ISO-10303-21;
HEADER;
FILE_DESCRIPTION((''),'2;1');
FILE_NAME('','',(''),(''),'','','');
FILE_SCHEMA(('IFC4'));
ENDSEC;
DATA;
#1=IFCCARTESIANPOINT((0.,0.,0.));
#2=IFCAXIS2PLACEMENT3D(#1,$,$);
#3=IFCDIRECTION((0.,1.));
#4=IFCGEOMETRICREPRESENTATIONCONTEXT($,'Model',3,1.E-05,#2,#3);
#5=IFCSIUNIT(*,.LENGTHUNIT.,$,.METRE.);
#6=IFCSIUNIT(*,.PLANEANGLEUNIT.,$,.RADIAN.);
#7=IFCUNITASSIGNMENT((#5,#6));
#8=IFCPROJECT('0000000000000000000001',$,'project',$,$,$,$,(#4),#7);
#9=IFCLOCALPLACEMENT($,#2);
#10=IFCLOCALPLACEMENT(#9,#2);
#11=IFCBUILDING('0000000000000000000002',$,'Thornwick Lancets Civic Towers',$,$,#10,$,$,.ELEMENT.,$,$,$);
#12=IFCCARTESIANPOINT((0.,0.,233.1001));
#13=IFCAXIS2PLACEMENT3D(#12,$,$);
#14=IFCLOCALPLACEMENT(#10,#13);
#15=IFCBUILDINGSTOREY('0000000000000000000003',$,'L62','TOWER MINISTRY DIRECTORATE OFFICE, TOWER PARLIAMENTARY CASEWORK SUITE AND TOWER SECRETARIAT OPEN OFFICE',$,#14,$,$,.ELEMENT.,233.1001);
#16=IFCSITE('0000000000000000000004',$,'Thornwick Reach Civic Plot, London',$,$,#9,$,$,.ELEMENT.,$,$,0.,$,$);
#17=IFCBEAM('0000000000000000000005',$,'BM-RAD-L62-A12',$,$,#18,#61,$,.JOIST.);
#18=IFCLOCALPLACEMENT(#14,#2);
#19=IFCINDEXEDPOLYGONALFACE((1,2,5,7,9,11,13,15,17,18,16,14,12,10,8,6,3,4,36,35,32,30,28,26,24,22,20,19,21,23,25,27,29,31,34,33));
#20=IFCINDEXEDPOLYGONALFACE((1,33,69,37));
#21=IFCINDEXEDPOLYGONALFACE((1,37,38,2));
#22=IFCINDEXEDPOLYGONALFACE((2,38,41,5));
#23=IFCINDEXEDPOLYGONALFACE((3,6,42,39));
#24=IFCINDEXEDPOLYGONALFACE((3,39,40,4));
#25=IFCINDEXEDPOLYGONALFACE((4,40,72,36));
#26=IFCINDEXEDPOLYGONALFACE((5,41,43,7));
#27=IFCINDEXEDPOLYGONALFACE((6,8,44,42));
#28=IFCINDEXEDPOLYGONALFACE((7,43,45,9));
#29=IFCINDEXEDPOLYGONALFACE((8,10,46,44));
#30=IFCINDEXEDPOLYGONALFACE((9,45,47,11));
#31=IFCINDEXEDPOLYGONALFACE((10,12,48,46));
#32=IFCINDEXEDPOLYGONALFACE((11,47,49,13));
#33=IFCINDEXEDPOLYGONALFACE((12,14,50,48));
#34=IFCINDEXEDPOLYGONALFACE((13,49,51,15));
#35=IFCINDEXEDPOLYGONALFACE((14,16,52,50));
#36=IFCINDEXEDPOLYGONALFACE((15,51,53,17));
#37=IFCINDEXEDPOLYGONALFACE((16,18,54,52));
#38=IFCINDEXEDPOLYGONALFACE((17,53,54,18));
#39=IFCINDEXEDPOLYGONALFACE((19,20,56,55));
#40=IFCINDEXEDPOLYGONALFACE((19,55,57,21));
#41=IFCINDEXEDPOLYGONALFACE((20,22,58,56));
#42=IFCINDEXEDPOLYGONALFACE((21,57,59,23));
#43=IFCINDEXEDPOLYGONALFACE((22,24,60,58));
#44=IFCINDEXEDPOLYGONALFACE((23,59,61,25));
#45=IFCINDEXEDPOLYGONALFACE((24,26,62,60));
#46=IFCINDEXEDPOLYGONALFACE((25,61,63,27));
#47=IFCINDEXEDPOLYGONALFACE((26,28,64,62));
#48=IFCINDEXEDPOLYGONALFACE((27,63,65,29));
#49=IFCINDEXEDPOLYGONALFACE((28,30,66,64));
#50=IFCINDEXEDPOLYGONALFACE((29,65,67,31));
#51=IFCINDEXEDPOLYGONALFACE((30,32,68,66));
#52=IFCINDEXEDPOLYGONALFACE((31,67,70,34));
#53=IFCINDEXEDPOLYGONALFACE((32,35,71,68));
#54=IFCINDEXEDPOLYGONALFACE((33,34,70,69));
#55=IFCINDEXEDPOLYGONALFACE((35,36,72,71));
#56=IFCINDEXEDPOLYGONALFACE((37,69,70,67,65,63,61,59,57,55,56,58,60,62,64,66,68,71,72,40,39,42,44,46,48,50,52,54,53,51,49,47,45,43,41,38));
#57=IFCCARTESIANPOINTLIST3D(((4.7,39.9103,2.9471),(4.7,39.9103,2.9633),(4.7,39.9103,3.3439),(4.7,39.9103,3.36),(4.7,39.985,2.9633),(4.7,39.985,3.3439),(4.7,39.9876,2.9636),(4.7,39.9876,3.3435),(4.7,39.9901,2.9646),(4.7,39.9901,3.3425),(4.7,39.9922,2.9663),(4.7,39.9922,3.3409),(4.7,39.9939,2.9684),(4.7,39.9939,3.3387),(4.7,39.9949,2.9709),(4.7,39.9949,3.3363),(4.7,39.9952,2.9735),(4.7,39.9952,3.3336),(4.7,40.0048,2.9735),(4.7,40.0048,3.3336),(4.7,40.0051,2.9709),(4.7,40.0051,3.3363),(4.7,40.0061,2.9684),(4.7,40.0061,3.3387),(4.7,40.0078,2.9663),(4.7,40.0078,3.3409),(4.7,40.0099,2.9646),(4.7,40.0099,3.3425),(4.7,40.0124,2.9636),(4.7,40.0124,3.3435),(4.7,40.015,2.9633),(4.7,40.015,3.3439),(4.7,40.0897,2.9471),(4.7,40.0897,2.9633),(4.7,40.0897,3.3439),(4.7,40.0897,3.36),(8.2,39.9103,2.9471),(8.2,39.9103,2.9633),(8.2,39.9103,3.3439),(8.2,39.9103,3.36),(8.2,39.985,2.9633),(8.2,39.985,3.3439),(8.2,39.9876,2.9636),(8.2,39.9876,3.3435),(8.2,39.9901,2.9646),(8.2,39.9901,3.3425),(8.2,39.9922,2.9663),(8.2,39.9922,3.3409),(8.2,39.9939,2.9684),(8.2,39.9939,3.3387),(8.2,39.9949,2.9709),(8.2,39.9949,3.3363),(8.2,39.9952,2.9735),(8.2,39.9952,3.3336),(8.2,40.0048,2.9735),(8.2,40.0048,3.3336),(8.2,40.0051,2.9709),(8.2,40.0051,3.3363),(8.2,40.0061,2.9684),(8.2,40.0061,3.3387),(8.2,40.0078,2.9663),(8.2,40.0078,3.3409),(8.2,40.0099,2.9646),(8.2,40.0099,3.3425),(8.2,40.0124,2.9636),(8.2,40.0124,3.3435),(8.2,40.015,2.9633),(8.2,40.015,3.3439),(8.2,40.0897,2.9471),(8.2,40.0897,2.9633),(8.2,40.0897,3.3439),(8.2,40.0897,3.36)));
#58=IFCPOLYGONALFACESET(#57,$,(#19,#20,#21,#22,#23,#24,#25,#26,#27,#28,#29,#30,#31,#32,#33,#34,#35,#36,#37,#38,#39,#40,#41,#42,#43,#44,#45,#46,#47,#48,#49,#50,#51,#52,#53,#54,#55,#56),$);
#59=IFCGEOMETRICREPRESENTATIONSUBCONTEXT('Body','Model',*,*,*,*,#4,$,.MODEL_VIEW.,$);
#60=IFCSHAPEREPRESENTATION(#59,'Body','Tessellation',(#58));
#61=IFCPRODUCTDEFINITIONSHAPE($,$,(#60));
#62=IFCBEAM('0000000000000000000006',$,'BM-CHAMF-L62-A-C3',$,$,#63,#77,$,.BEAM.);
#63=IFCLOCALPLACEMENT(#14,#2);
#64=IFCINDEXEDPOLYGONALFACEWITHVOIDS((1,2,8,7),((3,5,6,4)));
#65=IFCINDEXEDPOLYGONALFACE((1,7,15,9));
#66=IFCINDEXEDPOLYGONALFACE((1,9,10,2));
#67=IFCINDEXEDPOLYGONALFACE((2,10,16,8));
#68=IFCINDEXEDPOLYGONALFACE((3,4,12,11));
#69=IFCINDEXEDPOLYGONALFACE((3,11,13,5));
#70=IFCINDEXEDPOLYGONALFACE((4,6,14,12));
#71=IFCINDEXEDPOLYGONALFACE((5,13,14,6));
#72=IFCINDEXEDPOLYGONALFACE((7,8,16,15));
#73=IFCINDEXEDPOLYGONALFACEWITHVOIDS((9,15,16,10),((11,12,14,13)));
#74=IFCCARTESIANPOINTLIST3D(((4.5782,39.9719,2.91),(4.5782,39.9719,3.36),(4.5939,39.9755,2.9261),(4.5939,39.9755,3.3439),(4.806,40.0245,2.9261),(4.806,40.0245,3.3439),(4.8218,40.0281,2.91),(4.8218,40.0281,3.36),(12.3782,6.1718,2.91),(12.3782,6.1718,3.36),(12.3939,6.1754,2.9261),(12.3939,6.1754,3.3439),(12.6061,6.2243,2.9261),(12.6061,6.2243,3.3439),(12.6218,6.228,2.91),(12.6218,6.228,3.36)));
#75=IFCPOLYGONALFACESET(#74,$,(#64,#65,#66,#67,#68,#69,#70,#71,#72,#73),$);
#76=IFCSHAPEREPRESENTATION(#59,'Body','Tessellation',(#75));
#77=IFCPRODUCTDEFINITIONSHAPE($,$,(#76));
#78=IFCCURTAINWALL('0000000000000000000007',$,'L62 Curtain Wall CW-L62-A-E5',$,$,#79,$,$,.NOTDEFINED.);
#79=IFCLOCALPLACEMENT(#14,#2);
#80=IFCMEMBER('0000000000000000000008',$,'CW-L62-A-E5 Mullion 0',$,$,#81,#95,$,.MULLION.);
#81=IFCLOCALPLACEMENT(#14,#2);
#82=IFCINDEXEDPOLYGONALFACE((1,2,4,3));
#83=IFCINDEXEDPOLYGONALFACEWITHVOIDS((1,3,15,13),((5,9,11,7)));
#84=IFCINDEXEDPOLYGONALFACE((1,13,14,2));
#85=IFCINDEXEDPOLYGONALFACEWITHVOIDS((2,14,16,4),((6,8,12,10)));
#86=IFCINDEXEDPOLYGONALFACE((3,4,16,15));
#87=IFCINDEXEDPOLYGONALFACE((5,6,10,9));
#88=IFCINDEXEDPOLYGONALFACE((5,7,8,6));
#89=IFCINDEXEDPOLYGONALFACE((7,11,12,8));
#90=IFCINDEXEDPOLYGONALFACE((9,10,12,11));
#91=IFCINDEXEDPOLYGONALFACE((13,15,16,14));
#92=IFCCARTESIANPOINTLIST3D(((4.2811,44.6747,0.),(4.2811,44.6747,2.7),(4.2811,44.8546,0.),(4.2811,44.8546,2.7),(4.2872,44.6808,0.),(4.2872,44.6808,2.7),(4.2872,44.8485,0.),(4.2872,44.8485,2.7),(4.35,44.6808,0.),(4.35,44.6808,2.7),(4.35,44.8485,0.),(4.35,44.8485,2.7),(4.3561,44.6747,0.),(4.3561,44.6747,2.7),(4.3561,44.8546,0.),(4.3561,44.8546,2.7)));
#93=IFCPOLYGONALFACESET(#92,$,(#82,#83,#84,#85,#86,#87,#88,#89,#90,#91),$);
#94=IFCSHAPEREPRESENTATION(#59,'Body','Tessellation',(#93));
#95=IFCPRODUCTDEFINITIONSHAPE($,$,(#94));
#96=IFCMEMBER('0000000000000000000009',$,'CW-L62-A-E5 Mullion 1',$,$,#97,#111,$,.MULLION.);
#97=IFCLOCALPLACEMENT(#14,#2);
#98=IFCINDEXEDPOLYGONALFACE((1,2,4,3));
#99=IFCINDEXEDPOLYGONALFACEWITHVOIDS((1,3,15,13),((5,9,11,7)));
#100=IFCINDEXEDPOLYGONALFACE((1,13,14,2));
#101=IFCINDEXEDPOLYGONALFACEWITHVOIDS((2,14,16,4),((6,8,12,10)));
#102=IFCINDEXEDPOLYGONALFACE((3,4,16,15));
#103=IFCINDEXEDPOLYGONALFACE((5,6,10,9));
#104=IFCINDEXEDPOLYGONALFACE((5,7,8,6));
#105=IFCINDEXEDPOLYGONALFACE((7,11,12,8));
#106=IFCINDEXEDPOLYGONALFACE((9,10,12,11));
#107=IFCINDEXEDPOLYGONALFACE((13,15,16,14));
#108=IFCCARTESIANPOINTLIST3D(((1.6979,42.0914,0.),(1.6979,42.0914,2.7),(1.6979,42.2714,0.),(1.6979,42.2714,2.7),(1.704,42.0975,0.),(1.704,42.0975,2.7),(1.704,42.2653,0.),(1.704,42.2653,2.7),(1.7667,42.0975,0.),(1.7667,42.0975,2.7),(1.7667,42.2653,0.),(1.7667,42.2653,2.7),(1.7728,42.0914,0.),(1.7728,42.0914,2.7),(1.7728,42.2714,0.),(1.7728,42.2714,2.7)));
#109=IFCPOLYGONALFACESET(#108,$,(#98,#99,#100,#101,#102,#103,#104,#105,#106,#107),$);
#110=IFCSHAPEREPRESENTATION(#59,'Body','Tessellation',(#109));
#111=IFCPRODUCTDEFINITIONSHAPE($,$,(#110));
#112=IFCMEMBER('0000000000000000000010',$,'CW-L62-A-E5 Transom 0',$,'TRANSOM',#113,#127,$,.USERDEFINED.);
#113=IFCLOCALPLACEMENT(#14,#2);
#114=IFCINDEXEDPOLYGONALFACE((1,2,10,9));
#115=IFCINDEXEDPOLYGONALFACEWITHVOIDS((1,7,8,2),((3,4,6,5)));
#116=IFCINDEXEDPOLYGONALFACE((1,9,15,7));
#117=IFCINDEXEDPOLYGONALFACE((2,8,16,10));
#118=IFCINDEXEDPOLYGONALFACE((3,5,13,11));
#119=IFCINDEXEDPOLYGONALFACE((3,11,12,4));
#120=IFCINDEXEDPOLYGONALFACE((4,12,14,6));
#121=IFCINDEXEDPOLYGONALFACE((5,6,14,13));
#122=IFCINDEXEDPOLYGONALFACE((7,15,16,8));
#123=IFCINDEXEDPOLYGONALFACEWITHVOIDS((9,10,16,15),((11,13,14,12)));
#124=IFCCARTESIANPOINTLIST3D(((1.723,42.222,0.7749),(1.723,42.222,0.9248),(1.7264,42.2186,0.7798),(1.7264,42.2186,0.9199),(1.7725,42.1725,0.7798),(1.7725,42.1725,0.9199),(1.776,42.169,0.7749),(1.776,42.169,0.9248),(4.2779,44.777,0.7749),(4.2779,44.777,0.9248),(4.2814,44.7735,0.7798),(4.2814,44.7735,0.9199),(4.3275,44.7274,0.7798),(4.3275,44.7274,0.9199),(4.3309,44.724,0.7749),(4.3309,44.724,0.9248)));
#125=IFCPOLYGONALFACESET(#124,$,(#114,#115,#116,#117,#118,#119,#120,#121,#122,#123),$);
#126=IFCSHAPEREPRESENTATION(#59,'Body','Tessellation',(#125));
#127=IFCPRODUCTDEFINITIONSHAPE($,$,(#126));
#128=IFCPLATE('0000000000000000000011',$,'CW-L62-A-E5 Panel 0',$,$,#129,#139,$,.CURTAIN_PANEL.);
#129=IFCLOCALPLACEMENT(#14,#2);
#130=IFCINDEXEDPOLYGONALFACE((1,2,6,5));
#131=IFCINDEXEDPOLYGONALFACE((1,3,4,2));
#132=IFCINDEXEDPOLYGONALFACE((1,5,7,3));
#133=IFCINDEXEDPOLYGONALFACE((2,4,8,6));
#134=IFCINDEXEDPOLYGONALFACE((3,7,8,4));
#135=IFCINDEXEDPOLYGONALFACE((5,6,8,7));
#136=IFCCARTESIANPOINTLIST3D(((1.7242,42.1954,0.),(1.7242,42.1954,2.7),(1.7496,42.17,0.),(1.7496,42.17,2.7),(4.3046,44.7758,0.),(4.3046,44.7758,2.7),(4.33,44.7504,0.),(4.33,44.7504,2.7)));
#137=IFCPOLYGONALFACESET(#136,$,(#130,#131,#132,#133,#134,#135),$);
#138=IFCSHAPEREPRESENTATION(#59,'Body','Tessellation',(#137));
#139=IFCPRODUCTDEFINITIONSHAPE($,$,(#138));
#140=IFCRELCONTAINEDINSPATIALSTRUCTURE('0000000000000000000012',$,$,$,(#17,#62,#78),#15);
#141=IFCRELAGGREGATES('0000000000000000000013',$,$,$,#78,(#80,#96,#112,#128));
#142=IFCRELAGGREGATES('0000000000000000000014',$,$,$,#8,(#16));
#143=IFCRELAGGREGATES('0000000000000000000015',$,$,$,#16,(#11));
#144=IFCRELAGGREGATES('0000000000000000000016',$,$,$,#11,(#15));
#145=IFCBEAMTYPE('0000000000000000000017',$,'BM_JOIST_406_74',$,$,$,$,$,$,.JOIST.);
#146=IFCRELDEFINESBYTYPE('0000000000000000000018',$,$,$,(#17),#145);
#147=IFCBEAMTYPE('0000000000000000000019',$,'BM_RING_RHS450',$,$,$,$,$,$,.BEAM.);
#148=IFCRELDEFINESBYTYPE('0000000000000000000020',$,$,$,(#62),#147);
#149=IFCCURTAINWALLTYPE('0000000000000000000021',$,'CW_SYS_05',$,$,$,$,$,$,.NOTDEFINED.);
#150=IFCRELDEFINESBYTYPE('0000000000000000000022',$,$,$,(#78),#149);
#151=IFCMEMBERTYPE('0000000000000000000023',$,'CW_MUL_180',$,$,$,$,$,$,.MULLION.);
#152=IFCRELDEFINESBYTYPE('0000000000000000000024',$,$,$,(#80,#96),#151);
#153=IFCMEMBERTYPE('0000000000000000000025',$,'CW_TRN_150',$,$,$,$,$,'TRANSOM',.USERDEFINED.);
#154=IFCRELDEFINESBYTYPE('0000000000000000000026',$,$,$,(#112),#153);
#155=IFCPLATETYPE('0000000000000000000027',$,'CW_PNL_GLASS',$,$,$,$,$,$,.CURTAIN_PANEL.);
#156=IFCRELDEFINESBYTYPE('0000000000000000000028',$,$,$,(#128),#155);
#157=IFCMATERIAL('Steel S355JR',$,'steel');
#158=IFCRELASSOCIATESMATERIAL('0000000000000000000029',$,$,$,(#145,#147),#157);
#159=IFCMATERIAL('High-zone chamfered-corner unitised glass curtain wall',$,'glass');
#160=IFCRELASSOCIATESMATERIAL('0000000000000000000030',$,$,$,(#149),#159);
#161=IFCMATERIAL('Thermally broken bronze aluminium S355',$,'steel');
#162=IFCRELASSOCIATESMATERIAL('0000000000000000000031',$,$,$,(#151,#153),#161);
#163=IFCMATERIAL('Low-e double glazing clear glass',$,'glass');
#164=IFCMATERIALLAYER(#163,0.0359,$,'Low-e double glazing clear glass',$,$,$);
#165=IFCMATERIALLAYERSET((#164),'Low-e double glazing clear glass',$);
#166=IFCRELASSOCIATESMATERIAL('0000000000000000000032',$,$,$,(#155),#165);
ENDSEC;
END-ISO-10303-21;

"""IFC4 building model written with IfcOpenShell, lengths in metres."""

from ifc_helpers import new_model, si_unit, direction, frame, origin, origin_2d, place, context, subcontext, project, spatial, rectangle, hollow_rectangle, i_section, extrude, material, layer, layer_set, material_profile, profile_set, type_object, element, aggregate, save


model = new_model("IFC4")

# Units and contexts
model_context = context("Model", 3, precision=1e-05, world=origin(), true_north=direction((0.0, 1.0)))
body_context = subcontext(model_context, "Body", "Model", "MODEL_VIEW")
ifc_project = project(units=[si_unit("LENGTHUNIT", "METRE"), si_unit("PLANEANGLEUNIT", "RADIAN")], contexts=[model_context])

# Site, building, storey
site_placement = place(None, origin())
site = spatial("IfcSite", under=ifc_project, at=site_placement, Name="Thornwick Reach Civic Plot, London", CompositionType="ELEMENT", RefElevation=0.0)
building_placement = place(site_placement, origin())
building = spatial("IfcBuilding", under=site, at=building_placement, Name="Thornwick Lancets Civic Towers", CompositionType="ELEMENT")
storey_placement = place(building_placement, frame((0.0, 0.0, 233.1001)))
storey = spatial("IfcBuildingStorey", under=building, at=storey_placement, Name="L62", Description="TOWER MINISTRY DIRECTORATE OFFICE, TOWER PARLIAMENTARY CASEWORK SUITE AND TOWER SECRETARIAT OPEN OFFICE", CompositionType="ELEMENT", Elevation=233.1001)

# Shared definitions
ifc_material_1 = material(Name="Steel S355JR", Category="steel")

# Beams
ifc_material_profile_1 = material_profile(ifc_material_1, i_section(OverallWidth=0.1794, OverallDepth=0.4128, WebThickness=0.0095, FlangeThickness=0.0161, FilletRadius=0.0103, at=origin_2d()), Name="UKB 406x178x74")
ifc_profile_set_1 = profile_set([ifc_material_profile_1], Name="Steel S355JR")
beam_type_1 = type_object("IfcBeamType", Name="BM_JOIST_406_74", PredefinedType="JOIST", material=ifc_profile_set_1)
for number, where, z_axis, x_axis, name in (
    (1, (8.2, 40.0, 3.1536), (-1.0, 0.0, 0.0), (0.0, -1.0, 0.0), "BM-RAD-L62-A12"),
):
    element("IfcBeam", number, at=place(storey_placement, frame(where, z_axis=z_axis, x_axis=x_axis)), inside=storey, type_object=beam_type_1, Name=name, PredefinedType="JOIST", context=body_context, shape_type="SweptSolid", body=[
        extrude(i_section(OverallWidth=0.1794, OverallDepth=0.4128, WebThickness=0.0095, FlangeThickness=0.0161, FilletRadius=0.0103, at=origin_2d()), origin(), (0.0, 0.0, 1.0), 3.5),
    ])
ifc_material_profile_2 = material_profile(ifc_material_1, hollow_rectangle(XDim=0.25, YDim=0.45, WallThickness=0.0161, at=origin_2d()), Name="RHS 450x250x16")
ifc_profile_set_2 = profile_set([ifc_material_profile_2], Name="Steel S355JR")
beam_type_2 = type_object("IfcBeamType", Name="BM_RING_RHS450", PredefinedType="BEAM", material=ifc_profile_set_2)
beam_1_placement = place(storey_placement, frame((4.7, 40.0, 3.135), z_axis=(0.224861, -0.974391, 0.0), x_axis=(0.974391, 0.224861, 0.0)))
element("IfcBeam", 2, at=beam_1_placement, inside=storey, type_object=beam_type_2, Name="BM-CHAMF-L62-A-C3", PredefinedType="BEAM", context=body_context, shape_type="SweptSolid", body=[
    extrude(hollow_rectangle(XDim=0.25, YDim=0.45, WallThickness=0.0161, at=origin_2d()), origin(), (0.0, 0.0, 1.0), 34.6885),
])

# Curtain wall, members, plate
ifc_material_2 = material(Name="High-zone chamfered-corner unitised glass curtain wall", Category="glass")
curtain_wall_type = type_object("IfcCurtainWallType", Name="CW_SYS_05", PredefinedType="NOTDEFINED", material=ifc_material_2)
curtain_wall_placement = place(storey_placement, origin())
curtain_wall = element("IfcCurtainWall", 3, at=curtain_wall_placement, inside=storey, type_object=curtain_wall_type, Name="L62 Curtain Wall CW-L62-A-E5", PredefinedType="NOTDEFINED")
ifc_material_3 = material(Name="Thermally broken bronze aluminium S355", Category="steel")
ifc_material_profile_3 = material_profile(ifc_material_3, hollow_rectangle(XDim=0.075, YDim=0.1799, WallThickness=0.0061, at=origin_2d()), Name="RHS 180x75x6")
ifc_profile_set_3 = profile_set([ifc_material_profile_3], Name="Thermally broken bronze aluminium S355")
member_type_1 = type_object("IfcMemberType", Name="CW_MUL_180", PredefinedType="MULLION", material=ifc_profile_set_3)
member_1_placement = place(storey_placement, frame((4.3186, 44.7646, 0.0), z_axis=(0.0, 0.0, 1.0), x_axis=(1.0, 0.0, 0.0)))
member_1 = element("IfcMember", 4, at=member_1_placement, type_object=member_type_1, Name="CW-L62-A-E5 Mullion 0", PredefinedType="MULLION", context=body_context, shape_type="SweptSolid", body=[
    extrude(hollow_rectangle(XDim=0.075, YDim=0.1799, WallThickness=0.0061, at=origin_2d()), origin(), (0.0, 0.0, 1.0), 2.7),
])
member_2_placement = place(storey_placement, frame((1.7354, 42.1814, 0.0), z_axis=(0.0, 0.0, 1.0), x_axis=(1.0, 0.0, 0.0)))
member_2 = element("IfcMember", 5, at=member_2_placement, type_object=member_type_1, Name="CW-L62-A-E5 Mullion 1", PredefinedType="MULLION", context=body_context, shape_type="SweptSolid", body=[
    extrude(hollow_rectangle(XDim=0.075, YDim=0.1799, WallThickness=0.0061, at=origin_2d()), origin(), (0.0, 0.0, 1.0), 2.7),
])
ifc_material_profile_4 = material_profile(ifc_material_3, hollow_rectangle(XDim=0.075, YDim=0.1499, WallThickness=0.0049, at=origin_2d()), Name="RHS 150x75x5")
ifc_profile_set_4 = profile_set([ifc_material_profile_4], Name="Thermally broken bronze aluminium S355")
member_type_2 = type_object("IfcMemberType", Name="CW_TRN_150", ElementType="TRANSOM", PredefinedType="USERDEFINED", material=ifc_profile_set_4)
member_3_placement = place(storey_placement, frame((4.3044, 44.7505, 0.8499), z_axis=(-0.707107, -0.707107, 0.0), x_axis=(0.707107, -0.707107, 0.0)))
member_3 = element("IfcMember", 6, at=member_3_placement, type_object=member_type_2, Name="CW-L62-A-E5 Transom 0", ObjectType="TRANSOM", PredefinedType="USERDEFINED", context=body_context, shape_type="SweptSolid", body=[
    extrude(hollow_rectangle(XDim=0.075, YDim=0.1499, WallThickness=0.0049, at=origin_2d()), origin(), (0.0, 0.0, 1.0), 3.6133),
])
ifc_material_4 = material(Name="Low-e double glazing clear glass", Category="glass")
ifc_layer_1 = layer(ifc_material_4, 0.0359, Name="Low-e double glazing clear glass")
ifc_layer_set_1 = layer_set([ifc_layer_1], Name="Low-e double glazing clear glass")
plate_type = type_object("IfcPlateType", Name="CW_PNL_GLASS", PredefinedType="CURTAIN_PANEL", material=ifc_layer_set_1)
plate_placement = place(storey_placement, frame((3.0271, 43.4729, 0.0), z_axis=(0.0, 0.0, 1.0), x_axis=(-0.707107, -0.707107, 0.0)))
plate = element("IfcPlate", 7, at=plate_placement, type_object=plate_type, Name="CW-L62-A-E5 Panel 0", PredefinedType="CURTAIN_PANEL", context=body_context, shape_type="SweptSolid", body=[
    extrude(rectangle(XDim=3.6492, YDim=0.0359, at=origin_2d()), origin(), (0.0, 0.0, 1.0), 2.7),
])
aggregate(curtain_wall, [member_1, member_2, member_3, plate])

save(model, "model.ifc")
